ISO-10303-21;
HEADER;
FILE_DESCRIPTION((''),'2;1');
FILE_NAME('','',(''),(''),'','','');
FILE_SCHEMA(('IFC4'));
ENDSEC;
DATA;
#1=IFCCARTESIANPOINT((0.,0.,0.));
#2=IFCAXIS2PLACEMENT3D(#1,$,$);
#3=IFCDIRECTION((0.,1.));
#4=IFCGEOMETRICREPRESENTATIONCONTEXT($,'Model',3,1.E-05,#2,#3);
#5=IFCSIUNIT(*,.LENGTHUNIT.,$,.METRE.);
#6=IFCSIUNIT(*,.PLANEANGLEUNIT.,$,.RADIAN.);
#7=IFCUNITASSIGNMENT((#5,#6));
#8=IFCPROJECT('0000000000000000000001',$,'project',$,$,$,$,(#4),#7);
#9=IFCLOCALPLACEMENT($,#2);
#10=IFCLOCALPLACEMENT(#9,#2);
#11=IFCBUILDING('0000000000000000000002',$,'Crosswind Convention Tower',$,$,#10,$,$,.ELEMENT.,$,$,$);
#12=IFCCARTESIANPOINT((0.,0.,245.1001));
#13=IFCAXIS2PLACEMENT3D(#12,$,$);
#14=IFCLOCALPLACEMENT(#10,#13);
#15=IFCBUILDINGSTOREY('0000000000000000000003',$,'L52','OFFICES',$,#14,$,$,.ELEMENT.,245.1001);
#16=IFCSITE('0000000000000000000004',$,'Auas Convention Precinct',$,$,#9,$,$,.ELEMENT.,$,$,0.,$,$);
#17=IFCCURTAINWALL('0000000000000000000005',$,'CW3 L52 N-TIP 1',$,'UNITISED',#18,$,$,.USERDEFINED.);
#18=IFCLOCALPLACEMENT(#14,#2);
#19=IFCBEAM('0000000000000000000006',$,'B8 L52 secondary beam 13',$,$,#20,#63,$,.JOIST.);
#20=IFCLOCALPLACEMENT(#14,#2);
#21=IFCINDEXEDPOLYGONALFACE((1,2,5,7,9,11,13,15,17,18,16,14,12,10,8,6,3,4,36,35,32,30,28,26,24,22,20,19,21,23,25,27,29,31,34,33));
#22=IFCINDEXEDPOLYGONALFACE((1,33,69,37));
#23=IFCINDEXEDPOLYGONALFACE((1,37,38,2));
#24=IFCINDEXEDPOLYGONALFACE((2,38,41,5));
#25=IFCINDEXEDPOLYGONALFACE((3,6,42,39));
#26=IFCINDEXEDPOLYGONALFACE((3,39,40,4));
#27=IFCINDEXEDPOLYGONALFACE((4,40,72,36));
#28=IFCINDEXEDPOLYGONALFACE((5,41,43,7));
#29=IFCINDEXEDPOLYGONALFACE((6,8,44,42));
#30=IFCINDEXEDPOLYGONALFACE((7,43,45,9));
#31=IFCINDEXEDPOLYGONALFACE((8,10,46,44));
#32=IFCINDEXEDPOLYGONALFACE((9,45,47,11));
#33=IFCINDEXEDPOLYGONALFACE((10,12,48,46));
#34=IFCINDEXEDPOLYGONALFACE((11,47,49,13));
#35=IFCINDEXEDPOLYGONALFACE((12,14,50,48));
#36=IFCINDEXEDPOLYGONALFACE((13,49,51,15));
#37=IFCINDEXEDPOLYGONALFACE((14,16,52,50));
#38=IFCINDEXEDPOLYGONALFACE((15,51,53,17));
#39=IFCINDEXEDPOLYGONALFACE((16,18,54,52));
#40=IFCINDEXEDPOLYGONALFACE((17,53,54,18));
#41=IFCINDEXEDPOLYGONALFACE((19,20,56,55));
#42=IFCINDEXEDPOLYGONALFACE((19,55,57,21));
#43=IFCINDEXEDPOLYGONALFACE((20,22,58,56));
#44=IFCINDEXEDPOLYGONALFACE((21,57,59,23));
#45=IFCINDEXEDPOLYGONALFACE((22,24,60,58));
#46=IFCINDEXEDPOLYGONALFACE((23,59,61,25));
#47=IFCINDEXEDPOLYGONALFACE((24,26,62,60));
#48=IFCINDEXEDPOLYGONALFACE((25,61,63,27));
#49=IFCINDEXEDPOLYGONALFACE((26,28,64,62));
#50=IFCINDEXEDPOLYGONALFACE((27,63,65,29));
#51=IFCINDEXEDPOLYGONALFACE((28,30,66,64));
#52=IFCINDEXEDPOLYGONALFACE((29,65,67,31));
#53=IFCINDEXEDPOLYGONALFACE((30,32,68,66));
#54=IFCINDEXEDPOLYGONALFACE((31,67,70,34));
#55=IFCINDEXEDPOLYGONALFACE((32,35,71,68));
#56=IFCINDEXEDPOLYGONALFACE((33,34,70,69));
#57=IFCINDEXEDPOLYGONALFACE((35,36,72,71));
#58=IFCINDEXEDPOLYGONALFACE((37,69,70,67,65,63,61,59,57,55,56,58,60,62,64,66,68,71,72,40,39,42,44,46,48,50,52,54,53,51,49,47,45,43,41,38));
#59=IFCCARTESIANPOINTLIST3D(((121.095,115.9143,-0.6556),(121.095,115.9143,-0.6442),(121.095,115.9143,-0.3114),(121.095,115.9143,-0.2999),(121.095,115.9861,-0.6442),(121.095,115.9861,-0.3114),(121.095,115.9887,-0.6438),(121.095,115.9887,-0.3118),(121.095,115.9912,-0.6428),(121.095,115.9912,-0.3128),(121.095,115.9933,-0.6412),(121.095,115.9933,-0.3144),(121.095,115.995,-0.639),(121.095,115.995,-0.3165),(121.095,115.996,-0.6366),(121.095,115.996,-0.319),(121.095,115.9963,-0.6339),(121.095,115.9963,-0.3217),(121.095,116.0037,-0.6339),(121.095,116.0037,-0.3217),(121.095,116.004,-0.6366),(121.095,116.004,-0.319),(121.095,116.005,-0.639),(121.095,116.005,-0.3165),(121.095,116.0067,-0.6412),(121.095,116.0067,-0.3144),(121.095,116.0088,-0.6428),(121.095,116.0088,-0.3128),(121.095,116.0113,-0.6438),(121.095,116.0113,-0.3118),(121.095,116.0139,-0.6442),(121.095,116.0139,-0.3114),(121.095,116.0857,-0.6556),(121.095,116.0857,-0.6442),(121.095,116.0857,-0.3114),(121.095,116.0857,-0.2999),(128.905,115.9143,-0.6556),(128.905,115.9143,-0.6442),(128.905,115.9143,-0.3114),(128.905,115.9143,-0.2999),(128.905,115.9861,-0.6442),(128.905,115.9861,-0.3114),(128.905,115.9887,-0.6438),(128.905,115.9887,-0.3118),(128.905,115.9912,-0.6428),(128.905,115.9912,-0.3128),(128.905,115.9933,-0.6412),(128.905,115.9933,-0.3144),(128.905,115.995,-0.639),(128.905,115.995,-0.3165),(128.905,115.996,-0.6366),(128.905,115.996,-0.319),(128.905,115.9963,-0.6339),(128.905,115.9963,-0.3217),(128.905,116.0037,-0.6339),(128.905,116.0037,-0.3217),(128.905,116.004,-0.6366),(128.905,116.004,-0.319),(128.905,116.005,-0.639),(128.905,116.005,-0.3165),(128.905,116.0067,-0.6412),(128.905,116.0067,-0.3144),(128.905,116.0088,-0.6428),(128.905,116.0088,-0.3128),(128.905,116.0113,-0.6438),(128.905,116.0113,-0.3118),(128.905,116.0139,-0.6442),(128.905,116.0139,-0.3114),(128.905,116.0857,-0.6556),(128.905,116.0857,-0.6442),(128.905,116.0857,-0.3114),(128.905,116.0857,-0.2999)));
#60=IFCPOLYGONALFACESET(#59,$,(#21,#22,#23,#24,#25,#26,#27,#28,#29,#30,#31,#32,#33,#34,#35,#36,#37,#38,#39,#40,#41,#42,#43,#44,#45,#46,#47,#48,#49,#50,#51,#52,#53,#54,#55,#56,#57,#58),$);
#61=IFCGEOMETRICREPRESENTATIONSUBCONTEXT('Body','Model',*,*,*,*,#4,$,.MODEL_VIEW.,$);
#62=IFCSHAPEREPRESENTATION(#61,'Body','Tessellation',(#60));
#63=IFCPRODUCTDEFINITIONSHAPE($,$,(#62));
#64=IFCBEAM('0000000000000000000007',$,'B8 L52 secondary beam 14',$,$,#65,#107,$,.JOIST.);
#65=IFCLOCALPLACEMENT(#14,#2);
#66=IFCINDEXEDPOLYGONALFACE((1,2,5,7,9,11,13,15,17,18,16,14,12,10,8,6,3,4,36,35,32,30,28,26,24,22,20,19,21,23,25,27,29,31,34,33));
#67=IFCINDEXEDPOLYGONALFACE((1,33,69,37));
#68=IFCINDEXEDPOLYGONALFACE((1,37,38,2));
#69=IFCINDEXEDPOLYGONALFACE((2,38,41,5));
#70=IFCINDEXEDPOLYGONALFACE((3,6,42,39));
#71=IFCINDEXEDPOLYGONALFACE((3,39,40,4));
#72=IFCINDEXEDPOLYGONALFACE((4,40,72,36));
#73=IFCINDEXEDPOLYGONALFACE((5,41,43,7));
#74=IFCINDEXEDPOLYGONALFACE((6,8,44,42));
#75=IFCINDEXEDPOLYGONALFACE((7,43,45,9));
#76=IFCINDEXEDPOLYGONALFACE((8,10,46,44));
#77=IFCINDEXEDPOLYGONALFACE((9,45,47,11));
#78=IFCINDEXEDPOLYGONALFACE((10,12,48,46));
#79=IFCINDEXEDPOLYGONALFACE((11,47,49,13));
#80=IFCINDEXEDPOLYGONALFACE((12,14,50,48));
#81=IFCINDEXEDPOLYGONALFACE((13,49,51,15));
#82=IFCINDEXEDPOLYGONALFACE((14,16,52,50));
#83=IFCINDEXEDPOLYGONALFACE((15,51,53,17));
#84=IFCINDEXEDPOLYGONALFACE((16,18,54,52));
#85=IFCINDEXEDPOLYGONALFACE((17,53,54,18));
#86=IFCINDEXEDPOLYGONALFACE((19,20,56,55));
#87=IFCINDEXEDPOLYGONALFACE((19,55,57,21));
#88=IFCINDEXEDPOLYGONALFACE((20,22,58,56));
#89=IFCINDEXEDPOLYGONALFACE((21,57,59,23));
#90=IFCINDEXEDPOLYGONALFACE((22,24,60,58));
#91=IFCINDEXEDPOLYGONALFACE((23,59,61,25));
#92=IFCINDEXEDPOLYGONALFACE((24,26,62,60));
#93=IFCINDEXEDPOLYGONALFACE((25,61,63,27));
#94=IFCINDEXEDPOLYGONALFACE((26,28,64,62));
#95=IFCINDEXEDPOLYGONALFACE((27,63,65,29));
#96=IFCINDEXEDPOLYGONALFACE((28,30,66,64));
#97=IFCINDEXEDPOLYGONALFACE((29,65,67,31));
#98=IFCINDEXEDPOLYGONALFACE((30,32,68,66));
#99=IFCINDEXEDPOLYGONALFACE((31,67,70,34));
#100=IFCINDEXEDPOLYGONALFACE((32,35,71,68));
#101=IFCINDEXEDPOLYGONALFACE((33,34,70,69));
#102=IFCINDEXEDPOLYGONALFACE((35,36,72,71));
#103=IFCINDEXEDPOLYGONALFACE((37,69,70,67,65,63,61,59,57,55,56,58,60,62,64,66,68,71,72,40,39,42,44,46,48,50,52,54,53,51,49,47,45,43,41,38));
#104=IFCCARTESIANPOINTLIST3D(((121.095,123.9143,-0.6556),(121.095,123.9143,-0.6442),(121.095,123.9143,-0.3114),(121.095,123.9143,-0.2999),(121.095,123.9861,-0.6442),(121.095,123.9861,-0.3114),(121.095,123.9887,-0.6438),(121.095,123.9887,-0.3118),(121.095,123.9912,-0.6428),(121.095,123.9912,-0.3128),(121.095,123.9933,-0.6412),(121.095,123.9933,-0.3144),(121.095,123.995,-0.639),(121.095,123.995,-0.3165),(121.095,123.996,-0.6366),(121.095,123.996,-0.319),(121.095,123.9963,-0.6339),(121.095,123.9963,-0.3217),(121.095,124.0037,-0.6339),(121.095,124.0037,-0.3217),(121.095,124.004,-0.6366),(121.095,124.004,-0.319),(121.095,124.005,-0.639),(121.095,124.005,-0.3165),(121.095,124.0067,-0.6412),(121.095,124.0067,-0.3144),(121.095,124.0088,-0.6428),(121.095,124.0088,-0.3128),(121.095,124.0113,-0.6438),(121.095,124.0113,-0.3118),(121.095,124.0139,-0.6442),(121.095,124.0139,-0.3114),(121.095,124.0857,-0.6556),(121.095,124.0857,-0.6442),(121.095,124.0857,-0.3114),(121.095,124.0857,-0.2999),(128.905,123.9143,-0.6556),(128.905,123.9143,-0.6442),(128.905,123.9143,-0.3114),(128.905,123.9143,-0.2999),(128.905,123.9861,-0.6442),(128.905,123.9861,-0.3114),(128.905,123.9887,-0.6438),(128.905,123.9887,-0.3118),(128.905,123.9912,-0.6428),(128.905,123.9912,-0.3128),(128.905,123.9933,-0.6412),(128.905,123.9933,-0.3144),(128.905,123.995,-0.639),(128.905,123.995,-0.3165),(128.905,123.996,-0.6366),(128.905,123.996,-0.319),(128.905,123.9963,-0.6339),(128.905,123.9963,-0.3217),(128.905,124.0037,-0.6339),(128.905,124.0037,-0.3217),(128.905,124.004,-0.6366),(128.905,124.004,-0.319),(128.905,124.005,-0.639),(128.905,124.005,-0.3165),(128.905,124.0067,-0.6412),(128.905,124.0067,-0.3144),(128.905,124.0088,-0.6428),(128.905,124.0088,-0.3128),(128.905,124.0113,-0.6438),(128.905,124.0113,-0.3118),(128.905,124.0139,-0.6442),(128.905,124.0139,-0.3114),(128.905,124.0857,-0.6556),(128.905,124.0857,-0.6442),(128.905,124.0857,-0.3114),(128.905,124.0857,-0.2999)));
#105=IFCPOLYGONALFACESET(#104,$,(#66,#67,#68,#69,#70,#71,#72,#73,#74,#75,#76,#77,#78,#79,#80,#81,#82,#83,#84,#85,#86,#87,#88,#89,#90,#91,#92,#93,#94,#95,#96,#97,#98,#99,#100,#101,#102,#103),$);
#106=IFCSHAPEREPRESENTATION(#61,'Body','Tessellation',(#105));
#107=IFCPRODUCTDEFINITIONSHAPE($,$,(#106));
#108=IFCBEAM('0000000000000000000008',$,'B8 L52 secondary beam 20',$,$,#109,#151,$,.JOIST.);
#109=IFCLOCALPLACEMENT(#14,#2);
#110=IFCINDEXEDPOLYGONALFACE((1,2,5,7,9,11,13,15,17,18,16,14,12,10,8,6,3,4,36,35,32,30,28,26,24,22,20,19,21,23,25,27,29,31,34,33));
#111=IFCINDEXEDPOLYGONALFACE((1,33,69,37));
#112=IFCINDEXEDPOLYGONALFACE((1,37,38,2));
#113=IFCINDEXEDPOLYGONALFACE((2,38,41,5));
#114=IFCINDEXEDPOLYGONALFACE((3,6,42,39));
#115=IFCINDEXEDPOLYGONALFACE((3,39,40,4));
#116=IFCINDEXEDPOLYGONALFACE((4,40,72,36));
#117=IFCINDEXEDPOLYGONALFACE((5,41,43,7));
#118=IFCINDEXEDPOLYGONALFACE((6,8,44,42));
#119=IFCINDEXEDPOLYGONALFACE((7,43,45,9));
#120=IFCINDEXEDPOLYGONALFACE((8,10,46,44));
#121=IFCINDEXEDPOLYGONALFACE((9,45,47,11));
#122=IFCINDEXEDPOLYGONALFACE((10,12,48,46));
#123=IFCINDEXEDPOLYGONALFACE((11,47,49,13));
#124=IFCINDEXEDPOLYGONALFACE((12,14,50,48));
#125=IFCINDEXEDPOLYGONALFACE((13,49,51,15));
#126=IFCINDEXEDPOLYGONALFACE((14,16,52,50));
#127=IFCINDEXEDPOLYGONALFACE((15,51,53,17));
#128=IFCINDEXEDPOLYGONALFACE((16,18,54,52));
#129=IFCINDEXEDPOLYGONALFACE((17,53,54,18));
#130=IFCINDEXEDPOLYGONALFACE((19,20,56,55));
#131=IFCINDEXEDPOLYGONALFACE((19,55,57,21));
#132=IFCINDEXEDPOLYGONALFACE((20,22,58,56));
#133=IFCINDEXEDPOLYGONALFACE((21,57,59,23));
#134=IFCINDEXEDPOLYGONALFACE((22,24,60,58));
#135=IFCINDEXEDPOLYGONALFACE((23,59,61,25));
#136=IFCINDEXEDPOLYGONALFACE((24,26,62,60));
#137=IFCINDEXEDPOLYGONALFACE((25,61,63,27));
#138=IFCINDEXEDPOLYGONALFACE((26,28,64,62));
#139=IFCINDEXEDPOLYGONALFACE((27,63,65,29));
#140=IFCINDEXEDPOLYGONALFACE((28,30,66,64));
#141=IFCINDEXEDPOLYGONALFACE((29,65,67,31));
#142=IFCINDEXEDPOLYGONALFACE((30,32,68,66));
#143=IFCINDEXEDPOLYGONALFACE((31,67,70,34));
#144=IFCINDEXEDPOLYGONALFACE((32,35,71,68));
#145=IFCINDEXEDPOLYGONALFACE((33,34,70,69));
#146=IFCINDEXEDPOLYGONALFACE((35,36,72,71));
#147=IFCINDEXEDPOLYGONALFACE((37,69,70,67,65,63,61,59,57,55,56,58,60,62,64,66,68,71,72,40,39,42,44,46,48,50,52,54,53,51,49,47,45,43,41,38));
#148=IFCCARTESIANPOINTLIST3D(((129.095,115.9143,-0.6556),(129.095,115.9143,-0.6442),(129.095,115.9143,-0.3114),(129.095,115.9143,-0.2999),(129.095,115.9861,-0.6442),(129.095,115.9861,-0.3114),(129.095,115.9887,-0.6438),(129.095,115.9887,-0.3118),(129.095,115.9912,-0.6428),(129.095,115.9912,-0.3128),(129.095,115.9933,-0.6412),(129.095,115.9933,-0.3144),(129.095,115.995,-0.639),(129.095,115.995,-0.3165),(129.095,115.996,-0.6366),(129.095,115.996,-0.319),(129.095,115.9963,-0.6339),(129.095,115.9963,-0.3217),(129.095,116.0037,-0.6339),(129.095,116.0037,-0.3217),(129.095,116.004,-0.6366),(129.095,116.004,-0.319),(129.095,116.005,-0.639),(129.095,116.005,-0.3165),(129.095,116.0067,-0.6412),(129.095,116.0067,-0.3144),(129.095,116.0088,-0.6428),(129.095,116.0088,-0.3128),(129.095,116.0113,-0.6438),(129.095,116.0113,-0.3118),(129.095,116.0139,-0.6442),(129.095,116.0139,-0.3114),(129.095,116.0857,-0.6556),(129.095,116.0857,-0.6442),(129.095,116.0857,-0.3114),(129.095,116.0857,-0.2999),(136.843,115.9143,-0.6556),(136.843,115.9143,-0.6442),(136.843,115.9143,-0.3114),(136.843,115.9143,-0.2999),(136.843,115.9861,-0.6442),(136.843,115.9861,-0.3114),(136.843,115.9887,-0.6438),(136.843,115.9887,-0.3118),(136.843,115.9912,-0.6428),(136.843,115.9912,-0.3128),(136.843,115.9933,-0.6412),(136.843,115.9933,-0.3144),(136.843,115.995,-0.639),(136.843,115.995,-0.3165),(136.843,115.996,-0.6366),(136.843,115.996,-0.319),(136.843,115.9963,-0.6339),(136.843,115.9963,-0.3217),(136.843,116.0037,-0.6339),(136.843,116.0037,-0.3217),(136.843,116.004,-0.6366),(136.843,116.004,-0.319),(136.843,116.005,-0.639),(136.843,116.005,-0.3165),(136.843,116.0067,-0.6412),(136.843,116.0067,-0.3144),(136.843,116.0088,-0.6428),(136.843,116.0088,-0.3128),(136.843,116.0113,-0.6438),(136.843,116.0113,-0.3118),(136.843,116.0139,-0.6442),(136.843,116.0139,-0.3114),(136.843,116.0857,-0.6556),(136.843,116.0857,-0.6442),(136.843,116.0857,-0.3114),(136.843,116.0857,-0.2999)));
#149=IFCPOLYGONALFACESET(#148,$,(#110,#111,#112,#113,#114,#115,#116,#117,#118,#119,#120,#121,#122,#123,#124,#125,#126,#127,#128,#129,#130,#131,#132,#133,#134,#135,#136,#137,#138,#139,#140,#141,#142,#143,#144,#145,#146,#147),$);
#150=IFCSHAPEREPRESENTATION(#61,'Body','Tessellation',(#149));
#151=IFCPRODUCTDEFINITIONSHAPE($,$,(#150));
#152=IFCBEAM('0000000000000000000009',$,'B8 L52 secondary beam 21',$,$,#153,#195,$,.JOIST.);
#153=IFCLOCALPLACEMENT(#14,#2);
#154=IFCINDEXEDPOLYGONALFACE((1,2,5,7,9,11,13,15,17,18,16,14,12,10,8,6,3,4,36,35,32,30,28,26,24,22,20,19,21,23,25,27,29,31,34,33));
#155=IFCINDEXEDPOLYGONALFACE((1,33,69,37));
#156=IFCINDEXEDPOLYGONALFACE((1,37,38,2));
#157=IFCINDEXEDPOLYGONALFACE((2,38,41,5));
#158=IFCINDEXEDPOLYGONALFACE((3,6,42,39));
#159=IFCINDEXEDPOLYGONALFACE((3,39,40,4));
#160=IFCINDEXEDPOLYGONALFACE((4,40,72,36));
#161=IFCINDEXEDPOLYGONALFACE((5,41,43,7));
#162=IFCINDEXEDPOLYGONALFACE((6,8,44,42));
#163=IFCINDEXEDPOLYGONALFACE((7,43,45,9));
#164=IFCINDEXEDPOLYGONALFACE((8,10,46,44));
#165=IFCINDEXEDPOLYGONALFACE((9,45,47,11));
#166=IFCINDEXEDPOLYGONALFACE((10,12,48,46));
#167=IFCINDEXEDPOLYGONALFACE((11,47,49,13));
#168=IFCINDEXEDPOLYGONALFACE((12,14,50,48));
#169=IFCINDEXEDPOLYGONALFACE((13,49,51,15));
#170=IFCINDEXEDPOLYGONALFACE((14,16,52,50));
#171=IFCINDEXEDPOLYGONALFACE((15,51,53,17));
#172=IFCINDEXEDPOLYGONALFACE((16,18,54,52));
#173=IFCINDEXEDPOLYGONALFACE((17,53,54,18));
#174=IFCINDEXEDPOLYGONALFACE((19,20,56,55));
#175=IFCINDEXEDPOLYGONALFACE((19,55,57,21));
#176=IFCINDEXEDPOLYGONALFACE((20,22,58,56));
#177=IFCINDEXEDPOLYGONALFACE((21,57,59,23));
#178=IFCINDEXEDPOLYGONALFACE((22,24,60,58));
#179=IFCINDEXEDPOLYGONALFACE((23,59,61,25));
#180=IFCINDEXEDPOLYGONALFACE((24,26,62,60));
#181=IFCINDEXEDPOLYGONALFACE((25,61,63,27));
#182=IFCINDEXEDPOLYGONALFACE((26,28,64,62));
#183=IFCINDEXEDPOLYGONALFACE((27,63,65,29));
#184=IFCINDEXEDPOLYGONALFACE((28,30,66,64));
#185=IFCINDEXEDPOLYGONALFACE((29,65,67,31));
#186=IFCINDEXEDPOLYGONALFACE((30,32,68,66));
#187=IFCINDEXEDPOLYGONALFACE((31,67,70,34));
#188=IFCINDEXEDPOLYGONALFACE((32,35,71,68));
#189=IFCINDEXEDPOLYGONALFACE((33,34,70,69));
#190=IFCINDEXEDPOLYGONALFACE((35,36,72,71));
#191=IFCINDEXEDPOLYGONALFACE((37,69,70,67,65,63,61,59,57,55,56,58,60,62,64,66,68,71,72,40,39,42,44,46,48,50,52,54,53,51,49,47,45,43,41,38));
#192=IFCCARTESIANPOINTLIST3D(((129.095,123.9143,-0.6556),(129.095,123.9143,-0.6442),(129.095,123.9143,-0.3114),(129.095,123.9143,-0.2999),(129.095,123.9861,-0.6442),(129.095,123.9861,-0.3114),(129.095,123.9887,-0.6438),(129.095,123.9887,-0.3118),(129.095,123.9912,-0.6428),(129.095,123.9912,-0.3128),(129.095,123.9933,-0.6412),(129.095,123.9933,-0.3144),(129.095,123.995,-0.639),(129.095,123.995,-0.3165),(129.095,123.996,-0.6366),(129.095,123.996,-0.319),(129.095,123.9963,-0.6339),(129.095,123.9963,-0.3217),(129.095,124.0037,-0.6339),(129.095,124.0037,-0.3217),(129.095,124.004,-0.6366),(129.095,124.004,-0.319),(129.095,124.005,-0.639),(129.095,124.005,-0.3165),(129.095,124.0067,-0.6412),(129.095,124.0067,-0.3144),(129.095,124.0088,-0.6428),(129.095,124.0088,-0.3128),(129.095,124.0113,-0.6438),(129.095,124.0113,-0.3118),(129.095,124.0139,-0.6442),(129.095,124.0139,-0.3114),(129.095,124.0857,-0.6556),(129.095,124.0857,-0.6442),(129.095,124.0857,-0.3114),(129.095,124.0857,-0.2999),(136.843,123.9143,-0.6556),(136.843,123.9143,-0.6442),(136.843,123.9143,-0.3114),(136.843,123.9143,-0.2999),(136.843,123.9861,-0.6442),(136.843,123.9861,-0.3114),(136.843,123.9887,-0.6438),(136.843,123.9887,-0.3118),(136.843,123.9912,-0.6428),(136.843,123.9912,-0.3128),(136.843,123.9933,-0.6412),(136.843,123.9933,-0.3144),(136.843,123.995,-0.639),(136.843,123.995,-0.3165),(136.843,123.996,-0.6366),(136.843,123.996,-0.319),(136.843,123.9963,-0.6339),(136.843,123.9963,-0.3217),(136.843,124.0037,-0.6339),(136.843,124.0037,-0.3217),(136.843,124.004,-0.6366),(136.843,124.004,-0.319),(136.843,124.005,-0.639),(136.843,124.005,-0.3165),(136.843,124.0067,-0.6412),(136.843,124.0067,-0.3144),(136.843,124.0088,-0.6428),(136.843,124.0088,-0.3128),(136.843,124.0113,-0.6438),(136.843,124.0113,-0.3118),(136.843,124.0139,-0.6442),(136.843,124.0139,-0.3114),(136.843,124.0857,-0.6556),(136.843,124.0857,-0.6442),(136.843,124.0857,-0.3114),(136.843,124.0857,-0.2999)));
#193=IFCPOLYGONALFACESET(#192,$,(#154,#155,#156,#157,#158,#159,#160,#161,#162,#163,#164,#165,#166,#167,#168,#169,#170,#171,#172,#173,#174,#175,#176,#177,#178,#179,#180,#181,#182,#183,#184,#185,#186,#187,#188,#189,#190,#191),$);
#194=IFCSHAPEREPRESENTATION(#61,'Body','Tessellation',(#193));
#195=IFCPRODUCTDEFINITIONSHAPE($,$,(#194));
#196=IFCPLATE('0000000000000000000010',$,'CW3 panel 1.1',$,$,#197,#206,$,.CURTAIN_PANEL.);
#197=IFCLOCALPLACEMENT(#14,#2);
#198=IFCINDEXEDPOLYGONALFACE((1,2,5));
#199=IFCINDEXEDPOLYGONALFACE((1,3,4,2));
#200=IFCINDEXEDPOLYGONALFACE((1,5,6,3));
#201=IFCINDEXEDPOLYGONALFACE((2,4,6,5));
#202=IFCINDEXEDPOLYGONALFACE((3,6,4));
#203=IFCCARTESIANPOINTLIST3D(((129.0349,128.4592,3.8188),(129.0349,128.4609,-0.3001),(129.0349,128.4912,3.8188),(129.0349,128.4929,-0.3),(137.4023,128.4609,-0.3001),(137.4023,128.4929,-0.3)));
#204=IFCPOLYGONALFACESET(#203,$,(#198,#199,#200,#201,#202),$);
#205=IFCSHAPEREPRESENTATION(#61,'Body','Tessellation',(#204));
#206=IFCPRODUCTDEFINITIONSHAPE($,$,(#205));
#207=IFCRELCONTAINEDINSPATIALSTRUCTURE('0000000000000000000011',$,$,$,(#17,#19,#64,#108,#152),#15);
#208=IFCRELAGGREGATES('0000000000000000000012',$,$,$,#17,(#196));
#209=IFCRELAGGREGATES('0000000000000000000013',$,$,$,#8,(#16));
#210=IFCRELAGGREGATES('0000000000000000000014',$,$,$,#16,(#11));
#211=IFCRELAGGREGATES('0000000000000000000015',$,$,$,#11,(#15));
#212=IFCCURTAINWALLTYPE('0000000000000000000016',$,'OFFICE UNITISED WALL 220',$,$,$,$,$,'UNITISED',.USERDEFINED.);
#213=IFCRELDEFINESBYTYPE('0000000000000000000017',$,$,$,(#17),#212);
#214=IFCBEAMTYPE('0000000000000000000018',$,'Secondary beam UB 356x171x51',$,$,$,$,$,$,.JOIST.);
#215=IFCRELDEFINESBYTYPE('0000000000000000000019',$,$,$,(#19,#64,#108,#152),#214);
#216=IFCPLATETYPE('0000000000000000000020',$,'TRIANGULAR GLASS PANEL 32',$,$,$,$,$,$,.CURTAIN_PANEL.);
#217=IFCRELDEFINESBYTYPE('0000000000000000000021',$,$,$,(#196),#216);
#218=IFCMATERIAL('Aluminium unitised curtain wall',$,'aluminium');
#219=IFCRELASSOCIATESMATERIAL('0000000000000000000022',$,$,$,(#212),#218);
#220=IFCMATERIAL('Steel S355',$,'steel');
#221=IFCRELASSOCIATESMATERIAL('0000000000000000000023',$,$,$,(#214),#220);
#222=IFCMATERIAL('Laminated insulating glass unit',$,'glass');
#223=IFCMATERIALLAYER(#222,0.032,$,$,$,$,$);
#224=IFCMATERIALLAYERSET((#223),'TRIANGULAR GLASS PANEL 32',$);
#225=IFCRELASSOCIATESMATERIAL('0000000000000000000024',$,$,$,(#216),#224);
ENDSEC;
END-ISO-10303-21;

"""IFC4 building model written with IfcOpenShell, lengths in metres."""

from ifc_helpers import new_model, si_unit, direction, frame, origin, origin_2d, place, context, subcontext, project, spatial, polyline, i_section, outline, extrude, material, layer, layer_set, material_profile, profile_set, type_object, element, aggregate, save


model = new_model("IFC4")

# Units and contexts
model_context = context("Model", 3, precision=1e-05, world=origin(), true_north=direction((0.0, 1.0)))
body_context = subcontext(model_context, "Body", "Model", "MODEL_VIEW")
ifc_project = project(units=[si_unit("LENGTHUNIT", "METRE"), si_unit("PLANEANGLEUNIT", "RADIAN")], contexts=[model_context])

# Site, building, storey
site_placement = place(None, origin())
site = spatial("IfcSite", under=ifc_project, at=site_placement, Name="Auas Convention Precinct", CompositionType="ELEMENT", RefElevation=0.0)
building_placement = place(site_placement, origin())
building = spatial("IfcBuilding", under=site, at=building_placement, Name="Crosswind Convention Tower", CompositionType="ELEMENT")
storey_placement = place(building_placement, frame((0.0, 0.0, 245.1001)))
storey = spatial("IfcBuildingStorey", under=building, at=storey_placement, Name="L52", Description="OFFICES", CompositionType="ELEMENT", Elevation=245.1001)

# Shared definitions
ifc_material_1 = material(Name="Steel S355", Category="steel")

# Curtain wall
ifc_material_2 = material(Name="Aluminium unitised curtain wall", Category="aluminium")
curtain_wall_type = type_object("IfcCurtainWallType", Name="OFFICE UNITISED WALL 220", ElementType="UNITISED", PredefinedType="USERDEFINED", material=ifc_material_2)
curtain_wall_placement = place(storey_placement, origin())
curtain_wall = element("IfcCurtainWall", 1, at=curtain_wall_placement, inside=storey, type_object=curtain_wall_type, Name="CW3 L52 N-TIP 1", ObjectType="UNITISED", PredefinedType="USERDEFINED")

# Beams
ifc_material_profile_1 = material_profile(ifc_material_1, i_section(OverallWidth=0.1714, OverallDepth=0.3557, WebThickness=0.0073, FlangeThickness=0.0115, FilletRadius=0.0103, at=origin_2d()), Name="UB 356x171x51")
ifc_profile_set_1 = profile_set([ifc_material_profile_1], Name="Steel S355")
beam_type_1 = type_object("IfcBeamType", Name="Secondary beam UB 356x171x51", PredefinedType="JOIST", material=ifc_profile_set_1)
for number, where, z_axis, x_axis, name in (
    (2, (121.095, 116.0, -0.4778), (1.0, 0.0, 0.0), (0.0, 1.0, 0.0), "B8 L52 secondary beam 13"),
    (3, (121.095, 124.0, -0.4778), (1.0, 0.0, 0.0), (0.0, 1.0, 0.0), "B8 L52 secondary beam 14"),
):
    element("IfcBeam", number, at=place(storey_placement, frame(where, z_axis=z_axis, x_axis=x_axis)), inside=storey, type_object=beam_type_1, Name=name, PredefinedType="JOIST", context=body_context, shape_type="SweptSolid", body=[
        extrude(i_section(OverallWidth=0.1714, OverallDepth=0.3557, WebThickness=0.0073, FlangeThickness=0.0115, FilletRadius=0.0103, at=origin_2d()), origin(), (0.0, 0.0, 1.0), 7.8101),
    ])
for number, where, z_axis, x_axis, name in (
    (4, (129.095, 116.0, -0.4778), (1.0, 0.0, 0.0), (0.0, 1.0, 0.0), "B8 L52 secondary beam 20"),
    (5, (129.095, 124.0, -0.4778), (1.0, 0.0, 0.0), (0.0, 1.0, 0.0), "B8 L52 secondary beam 21"),
):
    element("IfcBeam", number, at=place(storey_placement, frame(where, z_axis=z_axis, x_axis=x_axis)), inside=storey, type_object=beam_type_1, Name=name, PredefinedType="JOIST", context=body_context, shape_type="SweptSolid", body=[
        extrude(i_section(OverallWidth=0.1714, OverallDepth=0.3557, WebThickness=0.0073, FlangeThickness=0.0115, FilletRadius=0.0103, at=origin_2d()), origin(), (0.0, 0.0, 1.0), 7.748),
    ])

# Plate
ifc_material_3 = material(Name="Laminated insulating glass unit", Category="glass")
ifc_layer_1 = layer(ifc_material_3, 0.032)
ifc_layer_set_1 = layer_set([ifc_layer_1], Name="TRIANGULAR GLASS PANEL 32")
plate_type = type_object("IfcPlateType", Name="TRIANGULAR GLASS PANEL 32", PredefinedType="CURTAIN_PANEL", material=ifc_layer_set_1)
plate_1_placement = place(storey_placement, frame((129.0349, 128.4929, -0.3), z_axis=(0.0, 1.0, 0.000415), x_axis=(0.0, -0.000415, 1.0)))
plate_1 = element("IfcPlate", 6, at=plate_1_placement, type_object=plate_type, Name="CW3 panel 1.1", PredefinedType="CURTAIN_PANEL", context=body_context, shape_type="SweptSolid", body=[
    extrude(outline(polyline([(0.0, 0.0), (4.1189, 0.0), (0.0, 8.3674), (0.0, 0.0)])), origin(), (0.0, 0.0, -1.0), 0.032),
])
aggregate(curtain_wall, [plate_1])

save(model, "model.ifc")
